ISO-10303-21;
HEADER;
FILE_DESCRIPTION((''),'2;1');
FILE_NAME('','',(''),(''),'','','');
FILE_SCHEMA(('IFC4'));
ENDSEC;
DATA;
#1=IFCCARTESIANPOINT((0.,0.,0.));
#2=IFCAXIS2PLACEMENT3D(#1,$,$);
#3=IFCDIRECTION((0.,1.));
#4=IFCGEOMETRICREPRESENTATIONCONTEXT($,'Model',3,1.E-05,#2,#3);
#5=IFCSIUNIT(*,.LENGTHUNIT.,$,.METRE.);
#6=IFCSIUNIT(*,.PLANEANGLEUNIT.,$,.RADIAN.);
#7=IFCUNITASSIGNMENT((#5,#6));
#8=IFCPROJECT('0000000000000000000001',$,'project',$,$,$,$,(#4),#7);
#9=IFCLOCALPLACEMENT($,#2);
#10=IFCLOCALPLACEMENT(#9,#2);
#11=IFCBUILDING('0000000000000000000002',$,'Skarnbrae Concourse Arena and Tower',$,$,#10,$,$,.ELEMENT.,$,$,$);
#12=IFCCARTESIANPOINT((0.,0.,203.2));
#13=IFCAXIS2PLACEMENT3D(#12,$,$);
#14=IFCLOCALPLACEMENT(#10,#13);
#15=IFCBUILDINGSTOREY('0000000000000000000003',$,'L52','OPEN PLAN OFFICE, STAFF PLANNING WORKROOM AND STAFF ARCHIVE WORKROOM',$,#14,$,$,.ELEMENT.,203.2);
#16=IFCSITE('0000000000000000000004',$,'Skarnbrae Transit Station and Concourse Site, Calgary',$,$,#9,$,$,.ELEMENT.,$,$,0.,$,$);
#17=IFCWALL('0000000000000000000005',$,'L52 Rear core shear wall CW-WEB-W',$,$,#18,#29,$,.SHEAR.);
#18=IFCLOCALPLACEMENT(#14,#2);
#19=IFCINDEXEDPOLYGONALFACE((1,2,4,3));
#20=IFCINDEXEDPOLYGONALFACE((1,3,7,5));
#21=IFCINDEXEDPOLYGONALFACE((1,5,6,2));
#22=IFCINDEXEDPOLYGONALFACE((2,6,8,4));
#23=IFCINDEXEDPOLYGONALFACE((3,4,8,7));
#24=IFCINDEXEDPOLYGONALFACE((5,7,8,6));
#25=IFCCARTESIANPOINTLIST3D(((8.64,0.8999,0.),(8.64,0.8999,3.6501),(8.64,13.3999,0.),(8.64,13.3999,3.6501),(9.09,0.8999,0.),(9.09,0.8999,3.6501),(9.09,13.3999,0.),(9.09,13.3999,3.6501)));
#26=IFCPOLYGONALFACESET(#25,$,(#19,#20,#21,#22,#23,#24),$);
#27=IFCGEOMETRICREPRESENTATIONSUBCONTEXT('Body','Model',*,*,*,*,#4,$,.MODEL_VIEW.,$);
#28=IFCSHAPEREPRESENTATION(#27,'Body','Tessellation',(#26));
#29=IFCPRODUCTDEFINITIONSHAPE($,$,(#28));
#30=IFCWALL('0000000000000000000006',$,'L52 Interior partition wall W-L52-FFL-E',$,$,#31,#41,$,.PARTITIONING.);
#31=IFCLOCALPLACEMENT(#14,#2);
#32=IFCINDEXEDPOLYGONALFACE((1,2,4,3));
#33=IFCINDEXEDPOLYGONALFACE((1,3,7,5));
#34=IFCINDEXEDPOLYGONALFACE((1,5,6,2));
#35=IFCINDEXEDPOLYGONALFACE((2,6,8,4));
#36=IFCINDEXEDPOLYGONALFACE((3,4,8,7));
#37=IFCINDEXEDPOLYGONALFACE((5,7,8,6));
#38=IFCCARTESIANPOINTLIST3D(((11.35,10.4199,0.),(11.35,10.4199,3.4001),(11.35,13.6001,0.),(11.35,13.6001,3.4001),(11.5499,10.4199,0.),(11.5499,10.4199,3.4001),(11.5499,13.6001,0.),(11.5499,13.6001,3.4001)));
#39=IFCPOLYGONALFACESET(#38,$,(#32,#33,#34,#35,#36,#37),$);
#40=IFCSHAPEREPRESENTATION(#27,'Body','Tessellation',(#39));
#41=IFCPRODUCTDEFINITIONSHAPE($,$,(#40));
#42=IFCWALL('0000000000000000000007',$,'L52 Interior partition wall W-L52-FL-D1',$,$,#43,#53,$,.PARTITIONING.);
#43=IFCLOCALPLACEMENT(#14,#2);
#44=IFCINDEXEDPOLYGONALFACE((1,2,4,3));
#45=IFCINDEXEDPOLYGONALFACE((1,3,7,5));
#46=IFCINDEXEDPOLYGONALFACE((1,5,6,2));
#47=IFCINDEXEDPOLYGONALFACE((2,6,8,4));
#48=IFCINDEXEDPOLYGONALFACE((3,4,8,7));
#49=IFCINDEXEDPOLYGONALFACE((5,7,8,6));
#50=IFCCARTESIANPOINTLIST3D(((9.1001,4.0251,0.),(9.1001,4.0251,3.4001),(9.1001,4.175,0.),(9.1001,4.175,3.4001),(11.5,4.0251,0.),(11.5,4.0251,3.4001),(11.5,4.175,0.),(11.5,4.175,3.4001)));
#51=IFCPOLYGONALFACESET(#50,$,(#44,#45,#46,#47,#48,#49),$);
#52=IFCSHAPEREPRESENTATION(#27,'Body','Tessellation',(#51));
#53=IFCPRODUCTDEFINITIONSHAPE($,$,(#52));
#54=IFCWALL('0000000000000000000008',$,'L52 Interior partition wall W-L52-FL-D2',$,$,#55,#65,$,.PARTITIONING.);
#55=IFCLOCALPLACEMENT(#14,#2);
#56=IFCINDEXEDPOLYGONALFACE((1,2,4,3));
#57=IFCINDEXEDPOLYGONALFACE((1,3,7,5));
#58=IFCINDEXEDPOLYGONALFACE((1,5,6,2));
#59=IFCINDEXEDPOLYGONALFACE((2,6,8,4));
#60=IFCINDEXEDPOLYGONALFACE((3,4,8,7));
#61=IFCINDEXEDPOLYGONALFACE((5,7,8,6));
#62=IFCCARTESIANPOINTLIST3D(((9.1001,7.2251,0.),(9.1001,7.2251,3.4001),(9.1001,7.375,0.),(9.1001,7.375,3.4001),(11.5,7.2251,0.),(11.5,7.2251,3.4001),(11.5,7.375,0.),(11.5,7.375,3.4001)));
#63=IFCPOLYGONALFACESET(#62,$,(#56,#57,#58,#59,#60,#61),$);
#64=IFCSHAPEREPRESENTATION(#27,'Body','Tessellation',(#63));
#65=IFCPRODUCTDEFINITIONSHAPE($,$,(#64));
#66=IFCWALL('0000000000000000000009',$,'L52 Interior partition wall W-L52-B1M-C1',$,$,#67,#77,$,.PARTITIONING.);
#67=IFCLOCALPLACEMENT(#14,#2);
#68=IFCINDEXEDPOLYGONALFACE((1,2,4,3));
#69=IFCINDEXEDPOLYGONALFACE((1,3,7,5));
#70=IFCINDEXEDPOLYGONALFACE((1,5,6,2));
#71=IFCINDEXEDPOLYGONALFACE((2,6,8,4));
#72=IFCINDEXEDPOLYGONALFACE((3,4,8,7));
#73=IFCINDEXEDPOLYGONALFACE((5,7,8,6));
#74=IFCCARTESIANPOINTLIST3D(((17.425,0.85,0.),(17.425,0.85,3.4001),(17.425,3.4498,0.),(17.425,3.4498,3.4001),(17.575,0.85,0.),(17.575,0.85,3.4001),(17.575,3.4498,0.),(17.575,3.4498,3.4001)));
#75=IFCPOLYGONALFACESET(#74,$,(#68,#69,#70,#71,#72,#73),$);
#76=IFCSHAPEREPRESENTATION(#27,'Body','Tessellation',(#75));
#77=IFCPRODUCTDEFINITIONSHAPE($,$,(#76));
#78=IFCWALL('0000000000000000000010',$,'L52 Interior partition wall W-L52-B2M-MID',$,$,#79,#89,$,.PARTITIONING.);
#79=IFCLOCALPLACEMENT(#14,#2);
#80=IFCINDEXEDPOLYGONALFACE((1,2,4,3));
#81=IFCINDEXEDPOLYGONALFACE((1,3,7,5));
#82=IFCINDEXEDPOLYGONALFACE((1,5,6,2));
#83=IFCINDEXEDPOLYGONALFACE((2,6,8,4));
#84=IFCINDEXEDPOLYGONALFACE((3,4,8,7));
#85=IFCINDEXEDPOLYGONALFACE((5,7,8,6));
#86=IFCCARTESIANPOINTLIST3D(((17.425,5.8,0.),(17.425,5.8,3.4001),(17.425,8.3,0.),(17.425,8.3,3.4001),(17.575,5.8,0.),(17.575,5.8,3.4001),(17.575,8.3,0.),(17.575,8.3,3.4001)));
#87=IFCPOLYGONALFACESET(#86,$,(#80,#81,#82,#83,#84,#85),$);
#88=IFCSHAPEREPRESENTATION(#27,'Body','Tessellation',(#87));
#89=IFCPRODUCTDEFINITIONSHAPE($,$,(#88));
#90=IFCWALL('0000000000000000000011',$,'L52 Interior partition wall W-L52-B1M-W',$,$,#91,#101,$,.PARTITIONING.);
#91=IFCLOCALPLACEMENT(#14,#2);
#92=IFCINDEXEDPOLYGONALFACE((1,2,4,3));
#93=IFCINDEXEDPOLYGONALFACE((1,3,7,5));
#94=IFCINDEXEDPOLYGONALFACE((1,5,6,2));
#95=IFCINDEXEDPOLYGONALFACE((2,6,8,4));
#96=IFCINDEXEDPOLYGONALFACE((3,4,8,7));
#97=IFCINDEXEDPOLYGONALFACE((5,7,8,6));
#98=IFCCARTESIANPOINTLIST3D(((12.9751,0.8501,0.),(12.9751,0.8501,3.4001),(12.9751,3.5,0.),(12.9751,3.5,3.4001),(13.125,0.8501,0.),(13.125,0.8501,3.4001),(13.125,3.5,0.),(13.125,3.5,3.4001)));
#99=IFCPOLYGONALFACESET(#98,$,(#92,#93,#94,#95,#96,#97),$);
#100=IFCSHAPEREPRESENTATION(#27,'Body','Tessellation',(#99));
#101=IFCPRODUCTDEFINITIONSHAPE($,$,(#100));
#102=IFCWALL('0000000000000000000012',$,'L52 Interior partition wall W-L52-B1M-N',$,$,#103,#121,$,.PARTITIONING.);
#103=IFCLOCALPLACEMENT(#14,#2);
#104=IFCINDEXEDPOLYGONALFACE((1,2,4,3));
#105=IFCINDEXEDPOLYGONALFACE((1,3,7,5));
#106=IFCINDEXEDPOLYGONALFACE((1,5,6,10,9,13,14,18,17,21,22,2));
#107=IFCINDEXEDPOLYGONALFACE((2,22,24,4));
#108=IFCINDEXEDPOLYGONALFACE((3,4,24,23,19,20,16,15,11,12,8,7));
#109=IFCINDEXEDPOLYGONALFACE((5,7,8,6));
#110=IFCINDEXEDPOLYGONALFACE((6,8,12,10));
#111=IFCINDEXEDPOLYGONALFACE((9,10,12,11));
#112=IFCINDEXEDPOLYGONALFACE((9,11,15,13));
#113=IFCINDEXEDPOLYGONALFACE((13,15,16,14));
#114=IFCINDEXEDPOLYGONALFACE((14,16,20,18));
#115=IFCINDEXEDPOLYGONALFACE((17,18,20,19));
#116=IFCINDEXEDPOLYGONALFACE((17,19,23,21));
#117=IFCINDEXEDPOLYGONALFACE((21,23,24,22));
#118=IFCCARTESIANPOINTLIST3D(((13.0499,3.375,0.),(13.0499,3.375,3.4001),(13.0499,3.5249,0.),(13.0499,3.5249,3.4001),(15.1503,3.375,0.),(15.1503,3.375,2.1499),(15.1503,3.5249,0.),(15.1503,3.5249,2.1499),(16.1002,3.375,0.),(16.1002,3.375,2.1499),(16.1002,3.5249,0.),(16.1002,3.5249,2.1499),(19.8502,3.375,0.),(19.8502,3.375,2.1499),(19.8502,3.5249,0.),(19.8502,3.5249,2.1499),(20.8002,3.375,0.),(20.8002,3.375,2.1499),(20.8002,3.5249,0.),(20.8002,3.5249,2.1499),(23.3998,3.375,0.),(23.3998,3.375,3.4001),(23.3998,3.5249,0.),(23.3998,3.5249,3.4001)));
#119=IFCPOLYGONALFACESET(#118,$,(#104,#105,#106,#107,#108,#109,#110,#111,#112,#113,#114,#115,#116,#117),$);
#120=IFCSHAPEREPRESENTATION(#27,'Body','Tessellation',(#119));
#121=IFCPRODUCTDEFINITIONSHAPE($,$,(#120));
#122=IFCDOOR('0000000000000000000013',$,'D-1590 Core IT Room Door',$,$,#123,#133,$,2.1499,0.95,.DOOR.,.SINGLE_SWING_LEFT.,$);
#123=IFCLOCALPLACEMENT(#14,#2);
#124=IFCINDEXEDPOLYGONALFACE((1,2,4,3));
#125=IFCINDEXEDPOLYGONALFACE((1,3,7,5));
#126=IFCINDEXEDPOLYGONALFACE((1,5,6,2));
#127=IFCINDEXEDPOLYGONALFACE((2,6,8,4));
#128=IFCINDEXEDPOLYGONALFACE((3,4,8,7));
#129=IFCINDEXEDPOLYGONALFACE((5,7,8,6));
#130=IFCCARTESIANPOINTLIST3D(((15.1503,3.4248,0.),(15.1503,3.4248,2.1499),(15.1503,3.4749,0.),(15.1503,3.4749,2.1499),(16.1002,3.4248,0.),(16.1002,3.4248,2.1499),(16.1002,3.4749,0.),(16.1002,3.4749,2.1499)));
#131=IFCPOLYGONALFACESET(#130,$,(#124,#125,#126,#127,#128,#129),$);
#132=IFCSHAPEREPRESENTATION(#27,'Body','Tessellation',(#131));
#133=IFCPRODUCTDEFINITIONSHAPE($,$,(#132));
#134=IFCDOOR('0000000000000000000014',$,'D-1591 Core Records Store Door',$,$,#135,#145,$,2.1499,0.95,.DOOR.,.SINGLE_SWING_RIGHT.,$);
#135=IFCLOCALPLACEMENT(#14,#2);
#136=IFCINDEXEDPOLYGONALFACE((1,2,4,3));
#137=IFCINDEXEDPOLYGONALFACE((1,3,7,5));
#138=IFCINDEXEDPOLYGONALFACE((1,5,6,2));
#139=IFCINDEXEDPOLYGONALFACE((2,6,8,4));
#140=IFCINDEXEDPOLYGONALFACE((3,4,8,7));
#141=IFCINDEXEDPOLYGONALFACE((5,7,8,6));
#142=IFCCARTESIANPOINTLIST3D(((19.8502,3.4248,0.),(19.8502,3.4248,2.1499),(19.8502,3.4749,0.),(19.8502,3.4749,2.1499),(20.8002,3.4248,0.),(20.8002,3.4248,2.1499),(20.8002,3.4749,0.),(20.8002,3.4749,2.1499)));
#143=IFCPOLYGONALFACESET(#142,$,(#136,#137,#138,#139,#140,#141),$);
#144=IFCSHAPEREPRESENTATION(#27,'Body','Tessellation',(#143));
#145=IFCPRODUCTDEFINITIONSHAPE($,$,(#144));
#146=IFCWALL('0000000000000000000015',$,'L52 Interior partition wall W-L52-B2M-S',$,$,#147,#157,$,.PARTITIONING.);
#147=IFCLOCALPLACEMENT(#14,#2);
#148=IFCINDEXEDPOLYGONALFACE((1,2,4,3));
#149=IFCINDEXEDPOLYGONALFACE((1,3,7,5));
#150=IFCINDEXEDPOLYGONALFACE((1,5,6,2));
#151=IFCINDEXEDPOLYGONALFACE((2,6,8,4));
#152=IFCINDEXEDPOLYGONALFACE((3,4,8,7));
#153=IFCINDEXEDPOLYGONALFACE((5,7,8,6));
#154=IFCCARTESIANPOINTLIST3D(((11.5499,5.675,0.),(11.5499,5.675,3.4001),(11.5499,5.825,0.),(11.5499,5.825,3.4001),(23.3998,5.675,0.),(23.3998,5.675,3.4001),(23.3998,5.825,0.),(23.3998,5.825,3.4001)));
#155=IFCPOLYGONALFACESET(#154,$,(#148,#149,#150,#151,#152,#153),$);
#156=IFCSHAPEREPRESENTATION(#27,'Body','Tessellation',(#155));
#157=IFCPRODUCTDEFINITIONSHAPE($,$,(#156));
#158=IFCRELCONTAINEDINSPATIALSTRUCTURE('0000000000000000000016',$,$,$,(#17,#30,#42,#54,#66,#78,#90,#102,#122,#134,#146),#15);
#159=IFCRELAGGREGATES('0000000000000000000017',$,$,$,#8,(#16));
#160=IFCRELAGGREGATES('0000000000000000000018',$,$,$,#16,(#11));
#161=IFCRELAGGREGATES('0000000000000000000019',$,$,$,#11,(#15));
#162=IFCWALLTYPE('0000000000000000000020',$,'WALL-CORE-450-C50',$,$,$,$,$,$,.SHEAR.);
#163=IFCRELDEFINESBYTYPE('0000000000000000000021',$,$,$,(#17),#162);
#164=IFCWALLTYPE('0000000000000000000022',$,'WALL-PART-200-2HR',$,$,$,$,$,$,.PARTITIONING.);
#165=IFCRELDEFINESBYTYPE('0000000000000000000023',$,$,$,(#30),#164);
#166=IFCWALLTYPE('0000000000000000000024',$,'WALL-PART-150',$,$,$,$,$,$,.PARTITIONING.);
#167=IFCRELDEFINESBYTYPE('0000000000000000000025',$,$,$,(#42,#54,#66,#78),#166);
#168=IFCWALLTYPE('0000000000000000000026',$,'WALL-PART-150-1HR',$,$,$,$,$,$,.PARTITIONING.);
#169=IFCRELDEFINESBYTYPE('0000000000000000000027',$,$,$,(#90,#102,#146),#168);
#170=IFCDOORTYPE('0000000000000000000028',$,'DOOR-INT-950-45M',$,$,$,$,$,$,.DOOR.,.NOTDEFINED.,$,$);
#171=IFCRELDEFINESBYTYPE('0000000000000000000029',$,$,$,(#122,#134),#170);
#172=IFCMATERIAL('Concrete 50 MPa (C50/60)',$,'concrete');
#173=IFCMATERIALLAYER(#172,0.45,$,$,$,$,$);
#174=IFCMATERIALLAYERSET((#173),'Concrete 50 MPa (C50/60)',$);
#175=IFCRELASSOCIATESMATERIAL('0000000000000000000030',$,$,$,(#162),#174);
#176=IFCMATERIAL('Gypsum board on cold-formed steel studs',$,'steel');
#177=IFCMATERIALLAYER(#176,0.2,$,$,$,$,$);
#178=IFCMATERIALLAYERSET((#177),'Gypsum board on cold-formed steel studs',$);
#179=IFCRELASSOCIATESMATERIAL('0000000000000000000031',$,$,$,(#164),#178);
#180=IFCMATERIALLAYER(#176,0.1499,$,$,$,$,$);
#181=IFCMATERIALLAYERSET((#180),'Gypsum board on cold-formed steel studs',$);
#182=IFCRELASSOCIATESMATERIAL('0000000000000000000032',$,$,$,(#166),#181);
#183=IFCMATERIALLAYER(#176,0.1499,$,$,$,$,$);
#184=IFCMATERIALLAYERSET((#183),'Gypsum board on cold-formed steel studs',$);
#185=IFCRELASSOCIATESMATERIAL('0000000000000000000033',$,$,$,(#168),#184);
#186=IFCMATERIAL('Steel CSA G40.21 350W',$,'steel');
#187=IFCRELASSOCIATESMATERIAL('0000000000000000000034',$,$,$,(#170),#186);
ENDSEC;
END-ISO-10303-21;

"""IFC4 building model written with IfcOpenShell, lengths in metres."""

from ifc_helpers import new_model, si_unit, direction, frame, frame_2d, origin, place, context, subcontext, project, spatial, rectangle, extrude, source, transform, mapped, material, layer, layer_set, type_object, element, fill, save


model = new_model("IFC4")

# Units and contexts
model_context = context("Model", 3, precision=1e-05, world=origin(), true_north=direction((0.0, 1.0)))
body_context = subcontext(model_context, "Body", "Model", "MODEL_VIEW")
ifc_project = project(units=[si_unit("LENGTHUNIT", "METRE"), si_unit("PLANEANGLEUNIT", "RADIAN")], contexts=[model_context])

# Site, building, storey
site_placement = place(None, origin())
site = spatial("IfcSite", under=ifc_project, at=site_placement, Name="Skarnbrae Transit Station and Concourse Site, Calgary", CompositionType="ELEMENT", RefElevation=0.0)
building_placement = place(site_placement, origin())
building = spatial("IfcBuilding", under=site, at=building_placement, Name="Skarnbrae Concourse Arena and Tower", CompositionType="ELEMENT")
storey_placement = place(building_placement, frame((0.0, 0.0, 203.2)))
storey = spatial("IfcBuildingStorey", under=building, at=storey_placement, Name="L52", Description="OPEN PLAN OFFICE, STAFF PLANNING WORKROOM AND STAFF ARCHIVE WORKROOM", CompositionType="ELEMENT", Elevation=203.2)

# Walls
ifc_material_1 = material(Name="Concrete 50 MPa (C50/60)", Category="concrete")
ifc_layer_1 = layer(ifc_material_1, 0.45)
ifc_layer_set_1 = layer_set([ifc_layer_1], Name="Concrete 50 MPa (C50/60)")
wall_type_1 = type_object("IfcWallType", Name="WALL-CORE-450-C50", PredefinedType="SHEAR", material=ifc_layer_set_1)
shared_shape_1 = source(origin(), body_context, "Body", "SweptSolid", [
    extrude(rectangle(XDim=12.5, YDim=0.45, at=frame_2d((6.25, 0.0))), origin(), (0.0, 0.0, 1.0), 3.6501),
])
wall_1_placement = place(storey_placement, frame((8.865, 0.8999, 0.0), z_axis=(0.0, 0.0, 1.0), x_axis=(0.0, 1.0, 0.0)))
element("IfcWall", 1, at=wall_1_placement, inside=storey, type_object=wall_type_1, Name="L52 Rear core shear wall CW-WEB-W", PredefinedType="SHEAR", context=body_context, shape_type="MappedRepresentation", body=[
    mapped(shared_shape_1, transform((0.0, 0.0, 0.0))),
])
ifc_material_2 = material(Name="Gypsum board on cold-formed steel studs", Category="steel")
ifc_layer_2 = layer(ifc_material_2, 0.2)
ifc_layer_set_2 = layer_set([ifc_layer_2], Name="Gypsum board on cold-formed steel studs")
wall_type_2 = type_object("IfcWallType", Name="WALL-PART-200-2HR", PredefinedType="PARTITIONING", material=ifc_layer_set_2)
shared_shape_2 = source(origin(), body_context, "Body", "SweptSolid", [
    extrude(rectangle(XDim=3.1802, YDim=0.2, at=frame_2d((1.5901, 0.0))), origin(), (0.0, 0.0, 1.0), 3.4001),
])
wall_2_placement = place(storey_placement, frame((11.45, 10.4199, 0.0), z_axis=(0.0, 0.0, 1.0), x_axis=(0.0, 1.0, 0.0)))
element("IfcWall", 2, at=wall_2_placement, inside=storey, type_object=wall_type_2, Name="L52 Interior partition wall W-L52-FFL-E", PredefinedType="PARTITIONING", context=body_context, shape_type="MappedRepresentation", body=[
    mapped(shared_shape_2, transform((0.0, 0.0, 0.0))),
])

# Shared definitions
ifc_material_3 = material(Name="Steel CSA G40.21 350W", Category="steel")

# Walls
ifc_layer_3 = layer(ifc_material_2, 0.1499)
ifc_layer_set_3 = layer_set([ifc_layer_3], Name="Gypsum board on cold-formed steel studs")
wall_type_3 = type_object("IfcWallType", Name="WALL-PART-150", PredefinedType="PARTITIONING", material=ifc_layer_set_3)
shared_shape_3 = source(origin(), body_context, "Body", "SweptSolid", [
    extrude(rectangle(XDim=2.3999, YDim=0.1499, at=frame_2d((1.2, 0.0))), origin(), (0.0, 0.0, 1.0), 3.4001),
])
for number, where, z_axis, x_axis, name in (
    (3, (9.1001, 4.1001, 0.0), (0.0, 0.0, 1.0), (1.0, 0.0, 0.0), "L52 Interior partition wall W-L52-FL-D1"),
    (4, (9.1001, 7.3, 0.0), (0.0, 0.0, 1.0), (1.0, 0.0, 0.0), "L52 Interior partition wall W-L52-FL-D2"),
):
    element("IfcWall", number, at=place(storey_placement, frame(where, z_axis=z_axis, x_axis=x_axis)), inside=storey, type_object=wall_type_3, Name=name, PredefinedType="PARTITIONING", context=body_context, shape_type="MappedRepresentation", body=[
        mapped(shared_shape_3, transform((0.0, 0.0, 0.0))),
    ])
shared_shape_4 = source(origin(), body_context, "Body", "SweptSolid", [
    extrude(rectangle(XDim=2.5999, YDim=0.1499, at=frame_2d((1.2998, 0.0))), origin(), (0.0, 0.0, 1.0), 3.4001),
])
wall_3_placement = place(storey_placement, frame((17.5, 0.8501, 0.0), z_axis=(0.0, 0.0, 1.0), x_axis=(0.0, 1.0, 0.0)))
element("IfcWall", 5, at=wall_3_placement, inside=storey, type_object=wall_type_3, Name="L52 Interior partition wall W-L52-B1M-C1", PredefinedType="PARTITIONING", context=body_context, shape_type="MappedRepresentation", body=[
    mapped(shared_shape_4, transform((0.0, 0.0, 0.0))),
])
shared_shape_5 = source(origin(), body_context, "Body", "SweptSolid", [
    extrude(rectangle(XDim=2.5, YDim=0.1499, at=frame_2d((1.25, 0.0))), origin(), (0.0, 0.0, 1.0), 3.4001),
])
wall_4_placement = place(storey_placement, frame((17.5, 5.8, 0.0), z_axis=(0.0, 0.0, 1.0), x_axis=(0.0, 1.0, 0.0)))
element("IfcWall", 6, at=wall_4_placement, inside=storey, type_object=wall_type_3, Name="L52 Interior partition wall W-L52-B2M-MID", PredefinedType="PARTITIONING", context=body_context, shape_type="MappedRepresentation", body=[
    mapped(shared_shape_5, transform((0.0, 0.0, 0.0))),
])
ifc_layer_4 = layer(ifc_material_2, 0.1499)
ifc_layer_set_4 = layer_set([ifc_layer_4], Name="Gypsum board on cold-formed steel studs")
wall_type_4 = type_object("IfcWallType", Name="WALL-PART-150-1HR", PredefinedType="PARTITIONING", material=ifc_layer_set_4)
shared_shape_6 = source(origin(), body_context, "Body", "SweptSolid", [
    extrude(rectangle(XDim=2.6499, YDim=0.1499, at=frame_2d((1.325, 0.0))), origin(), (0.0, 0.0, 1.0), 3.4001),
])
wall_5_placement = place(storey_placement, frame((13.05, 0.8501, 0.0), z_axis=(0.0, 0.0, 1.0), x_axis=(0.0, 1.0, 0.0)))
element("IfcWall", 7, at=wall_5_placement, inside=storey, type_object=wall_type_4, Name="L52 Interior partition wall W-L52-B1M-W", PredefinedType="PARTITIONING", context=body_context, shape_type="MappedRepresentation", body=[
    mapped(shared_shape_6, transform((0.0, 0.0, 0.0))),
])

# Wall, openings, doors
shared_shape_7 = source(origin(), body_context, "Body", "SweptSolid", [
    extrude(rectangle(XDim=10.3499, YDim=0.1499, at=frame_2d((5.1748, 0.0))), origin(), (0.0, 0.0, 1.0), 3.4001),
])
wall_6_placement = place(storey_placement, frame((13.05, 3.45, 0.0), z_axis=(0.0, 0.0, 1.0), x_axis=(1.0, 0.0, 0.0)))
wall_6 = element("IfcWall", 8, at=wall_6_placement, inside=storey, type_object=wall_type_4, Name="L52 Interior partition wall W-L52-B1M-N", PredefinedType="PARTITIONING", context=body_context, shape_type="MappedRepresentation", body=[
    mapped(shared_shape_7, transform((0.0, 0.0, 0.0))),
])
opening_1_placement = place(wall_6_placement, frame((2.1001, 0.0, 0.0)))
opening_1 = element("IfcOpeningElement", 9, at=opening_1_placement, cuts=wall_6, PredefinedType="OPENING", context=body_context, shape_type="SweptSolid", body=[
    extrude(rectangle(XDim=0.95, YDim=2.1499, at=frame_2d((0.4751, 1.075))), frame((0.0, 0.085, 0.0), z_axis=(0.0, -1.0, 0.0), x_axis=(1.0, 0.0, 0.0)), (0.0, 0.0, 1.0), 0.1699),
])
opening_2_placement = place(wall_6_placement, frame((6.8, 0.0, 0.0)))
opening_2 = element("IfcOpeningElement", 10, at=opening_2_placement, cuts=wall_6, PredefinedType="OPENING", context=body_context, shape_type="SweptSolid", body=[
    extrude(rectangle(XDim=0.95, YDim=2.1499, at=frame_2d((0.4751, 1.075))), frame((0.0, 0.085, 0.0), z_axis=(0.0, -1.0, 0.0), x_axis=(1.0, 0.0, 0.0)), (0.0, 0.0, 1.0), 0.1699),
])
door_type_1 = type_object("IfcDoorType", Name="DOOR-INT-950-45M", OperationType="NOTDEFINED", PredefinedType="DOOR", material=ifc_material_3)
shared_shape_8 = source(origin(), body_context, "Body", "SweptSolid", [
    extrude(rectangle(XDim=0.95, YDim=2.1499, at=frame_2d((0.4751, 1.075))), frame((0.0, 0.0249, 0.0), z_axis=(0.0, -1.0, 0.0), x_axis=(1.0, 0.0, 0.0)), (0.0, 0.0, 1.0), 0.05),
])
door_1_placement = place(opening_1_placement, origin())
door_1 = element("IfcDoor", 11, at=door_1_placement, inside=storey, type_object=door_type_1, Name="D-1590 Core IT Room Door", OperationType="SINGLE_SWING_LEFT", OverallHeight=2.1499, OverallWidth=0.95, PredefinedType="DOOR", context=body_context, shape_type="MappedRepresentation", body=[
    mapped(shared_shape_8, transform((0.0, 0.0, 0.0))),
])
fill(opening_1, door_1)
door_2_placement = place(opening_2_placement, origin())
door_2 = element("IfcDoor", 12, at=door_2_placement, inside=storey, type_object=door_type_1, Name="D-1591 Core Records Store Door", OperationType="SINGLE_SWING_RIGHT", OverallHeight=2.1499, OverallWidth=0.95, PredefinedType="DOOR", context=body_context, shape_type="MappedRepresentation", body=[
    mapped(shared_shape_8, transform((0.0, 0.0, 0.0))),
])
fill(opening_2, door_2)

# Wall
shared_shape_9 = source(origin(), body_context, "Body", "SweptSolid", [
    extrude(rectangle(XDim=11.8499, YDim=0.1499, at=frame_2d((5.9248, 0.0))), origin(), (0.0, 0.0, 1.0), 3.4001),
])
wall_7_placement = place(storey_placement, frame((11.55, 5.75, 0.0), z_axis=(0.0, 0.0, 1.0), x_axis=(1.0, 0.0, 0.0)))
element("IfcWall", 13, at=wall_7_placement, inside=storey, type_object=wall_type_4, Name="L52 Interior partition wall W-L52-B2M-S", PredefinedType="PARTITIONING", context=body_context, shape_type="MappedRepresentation", body=[
    mapped(shared_shape_9, transform((0.0, 0.0, 0.0))),
])

save(model, "model.ifc")
